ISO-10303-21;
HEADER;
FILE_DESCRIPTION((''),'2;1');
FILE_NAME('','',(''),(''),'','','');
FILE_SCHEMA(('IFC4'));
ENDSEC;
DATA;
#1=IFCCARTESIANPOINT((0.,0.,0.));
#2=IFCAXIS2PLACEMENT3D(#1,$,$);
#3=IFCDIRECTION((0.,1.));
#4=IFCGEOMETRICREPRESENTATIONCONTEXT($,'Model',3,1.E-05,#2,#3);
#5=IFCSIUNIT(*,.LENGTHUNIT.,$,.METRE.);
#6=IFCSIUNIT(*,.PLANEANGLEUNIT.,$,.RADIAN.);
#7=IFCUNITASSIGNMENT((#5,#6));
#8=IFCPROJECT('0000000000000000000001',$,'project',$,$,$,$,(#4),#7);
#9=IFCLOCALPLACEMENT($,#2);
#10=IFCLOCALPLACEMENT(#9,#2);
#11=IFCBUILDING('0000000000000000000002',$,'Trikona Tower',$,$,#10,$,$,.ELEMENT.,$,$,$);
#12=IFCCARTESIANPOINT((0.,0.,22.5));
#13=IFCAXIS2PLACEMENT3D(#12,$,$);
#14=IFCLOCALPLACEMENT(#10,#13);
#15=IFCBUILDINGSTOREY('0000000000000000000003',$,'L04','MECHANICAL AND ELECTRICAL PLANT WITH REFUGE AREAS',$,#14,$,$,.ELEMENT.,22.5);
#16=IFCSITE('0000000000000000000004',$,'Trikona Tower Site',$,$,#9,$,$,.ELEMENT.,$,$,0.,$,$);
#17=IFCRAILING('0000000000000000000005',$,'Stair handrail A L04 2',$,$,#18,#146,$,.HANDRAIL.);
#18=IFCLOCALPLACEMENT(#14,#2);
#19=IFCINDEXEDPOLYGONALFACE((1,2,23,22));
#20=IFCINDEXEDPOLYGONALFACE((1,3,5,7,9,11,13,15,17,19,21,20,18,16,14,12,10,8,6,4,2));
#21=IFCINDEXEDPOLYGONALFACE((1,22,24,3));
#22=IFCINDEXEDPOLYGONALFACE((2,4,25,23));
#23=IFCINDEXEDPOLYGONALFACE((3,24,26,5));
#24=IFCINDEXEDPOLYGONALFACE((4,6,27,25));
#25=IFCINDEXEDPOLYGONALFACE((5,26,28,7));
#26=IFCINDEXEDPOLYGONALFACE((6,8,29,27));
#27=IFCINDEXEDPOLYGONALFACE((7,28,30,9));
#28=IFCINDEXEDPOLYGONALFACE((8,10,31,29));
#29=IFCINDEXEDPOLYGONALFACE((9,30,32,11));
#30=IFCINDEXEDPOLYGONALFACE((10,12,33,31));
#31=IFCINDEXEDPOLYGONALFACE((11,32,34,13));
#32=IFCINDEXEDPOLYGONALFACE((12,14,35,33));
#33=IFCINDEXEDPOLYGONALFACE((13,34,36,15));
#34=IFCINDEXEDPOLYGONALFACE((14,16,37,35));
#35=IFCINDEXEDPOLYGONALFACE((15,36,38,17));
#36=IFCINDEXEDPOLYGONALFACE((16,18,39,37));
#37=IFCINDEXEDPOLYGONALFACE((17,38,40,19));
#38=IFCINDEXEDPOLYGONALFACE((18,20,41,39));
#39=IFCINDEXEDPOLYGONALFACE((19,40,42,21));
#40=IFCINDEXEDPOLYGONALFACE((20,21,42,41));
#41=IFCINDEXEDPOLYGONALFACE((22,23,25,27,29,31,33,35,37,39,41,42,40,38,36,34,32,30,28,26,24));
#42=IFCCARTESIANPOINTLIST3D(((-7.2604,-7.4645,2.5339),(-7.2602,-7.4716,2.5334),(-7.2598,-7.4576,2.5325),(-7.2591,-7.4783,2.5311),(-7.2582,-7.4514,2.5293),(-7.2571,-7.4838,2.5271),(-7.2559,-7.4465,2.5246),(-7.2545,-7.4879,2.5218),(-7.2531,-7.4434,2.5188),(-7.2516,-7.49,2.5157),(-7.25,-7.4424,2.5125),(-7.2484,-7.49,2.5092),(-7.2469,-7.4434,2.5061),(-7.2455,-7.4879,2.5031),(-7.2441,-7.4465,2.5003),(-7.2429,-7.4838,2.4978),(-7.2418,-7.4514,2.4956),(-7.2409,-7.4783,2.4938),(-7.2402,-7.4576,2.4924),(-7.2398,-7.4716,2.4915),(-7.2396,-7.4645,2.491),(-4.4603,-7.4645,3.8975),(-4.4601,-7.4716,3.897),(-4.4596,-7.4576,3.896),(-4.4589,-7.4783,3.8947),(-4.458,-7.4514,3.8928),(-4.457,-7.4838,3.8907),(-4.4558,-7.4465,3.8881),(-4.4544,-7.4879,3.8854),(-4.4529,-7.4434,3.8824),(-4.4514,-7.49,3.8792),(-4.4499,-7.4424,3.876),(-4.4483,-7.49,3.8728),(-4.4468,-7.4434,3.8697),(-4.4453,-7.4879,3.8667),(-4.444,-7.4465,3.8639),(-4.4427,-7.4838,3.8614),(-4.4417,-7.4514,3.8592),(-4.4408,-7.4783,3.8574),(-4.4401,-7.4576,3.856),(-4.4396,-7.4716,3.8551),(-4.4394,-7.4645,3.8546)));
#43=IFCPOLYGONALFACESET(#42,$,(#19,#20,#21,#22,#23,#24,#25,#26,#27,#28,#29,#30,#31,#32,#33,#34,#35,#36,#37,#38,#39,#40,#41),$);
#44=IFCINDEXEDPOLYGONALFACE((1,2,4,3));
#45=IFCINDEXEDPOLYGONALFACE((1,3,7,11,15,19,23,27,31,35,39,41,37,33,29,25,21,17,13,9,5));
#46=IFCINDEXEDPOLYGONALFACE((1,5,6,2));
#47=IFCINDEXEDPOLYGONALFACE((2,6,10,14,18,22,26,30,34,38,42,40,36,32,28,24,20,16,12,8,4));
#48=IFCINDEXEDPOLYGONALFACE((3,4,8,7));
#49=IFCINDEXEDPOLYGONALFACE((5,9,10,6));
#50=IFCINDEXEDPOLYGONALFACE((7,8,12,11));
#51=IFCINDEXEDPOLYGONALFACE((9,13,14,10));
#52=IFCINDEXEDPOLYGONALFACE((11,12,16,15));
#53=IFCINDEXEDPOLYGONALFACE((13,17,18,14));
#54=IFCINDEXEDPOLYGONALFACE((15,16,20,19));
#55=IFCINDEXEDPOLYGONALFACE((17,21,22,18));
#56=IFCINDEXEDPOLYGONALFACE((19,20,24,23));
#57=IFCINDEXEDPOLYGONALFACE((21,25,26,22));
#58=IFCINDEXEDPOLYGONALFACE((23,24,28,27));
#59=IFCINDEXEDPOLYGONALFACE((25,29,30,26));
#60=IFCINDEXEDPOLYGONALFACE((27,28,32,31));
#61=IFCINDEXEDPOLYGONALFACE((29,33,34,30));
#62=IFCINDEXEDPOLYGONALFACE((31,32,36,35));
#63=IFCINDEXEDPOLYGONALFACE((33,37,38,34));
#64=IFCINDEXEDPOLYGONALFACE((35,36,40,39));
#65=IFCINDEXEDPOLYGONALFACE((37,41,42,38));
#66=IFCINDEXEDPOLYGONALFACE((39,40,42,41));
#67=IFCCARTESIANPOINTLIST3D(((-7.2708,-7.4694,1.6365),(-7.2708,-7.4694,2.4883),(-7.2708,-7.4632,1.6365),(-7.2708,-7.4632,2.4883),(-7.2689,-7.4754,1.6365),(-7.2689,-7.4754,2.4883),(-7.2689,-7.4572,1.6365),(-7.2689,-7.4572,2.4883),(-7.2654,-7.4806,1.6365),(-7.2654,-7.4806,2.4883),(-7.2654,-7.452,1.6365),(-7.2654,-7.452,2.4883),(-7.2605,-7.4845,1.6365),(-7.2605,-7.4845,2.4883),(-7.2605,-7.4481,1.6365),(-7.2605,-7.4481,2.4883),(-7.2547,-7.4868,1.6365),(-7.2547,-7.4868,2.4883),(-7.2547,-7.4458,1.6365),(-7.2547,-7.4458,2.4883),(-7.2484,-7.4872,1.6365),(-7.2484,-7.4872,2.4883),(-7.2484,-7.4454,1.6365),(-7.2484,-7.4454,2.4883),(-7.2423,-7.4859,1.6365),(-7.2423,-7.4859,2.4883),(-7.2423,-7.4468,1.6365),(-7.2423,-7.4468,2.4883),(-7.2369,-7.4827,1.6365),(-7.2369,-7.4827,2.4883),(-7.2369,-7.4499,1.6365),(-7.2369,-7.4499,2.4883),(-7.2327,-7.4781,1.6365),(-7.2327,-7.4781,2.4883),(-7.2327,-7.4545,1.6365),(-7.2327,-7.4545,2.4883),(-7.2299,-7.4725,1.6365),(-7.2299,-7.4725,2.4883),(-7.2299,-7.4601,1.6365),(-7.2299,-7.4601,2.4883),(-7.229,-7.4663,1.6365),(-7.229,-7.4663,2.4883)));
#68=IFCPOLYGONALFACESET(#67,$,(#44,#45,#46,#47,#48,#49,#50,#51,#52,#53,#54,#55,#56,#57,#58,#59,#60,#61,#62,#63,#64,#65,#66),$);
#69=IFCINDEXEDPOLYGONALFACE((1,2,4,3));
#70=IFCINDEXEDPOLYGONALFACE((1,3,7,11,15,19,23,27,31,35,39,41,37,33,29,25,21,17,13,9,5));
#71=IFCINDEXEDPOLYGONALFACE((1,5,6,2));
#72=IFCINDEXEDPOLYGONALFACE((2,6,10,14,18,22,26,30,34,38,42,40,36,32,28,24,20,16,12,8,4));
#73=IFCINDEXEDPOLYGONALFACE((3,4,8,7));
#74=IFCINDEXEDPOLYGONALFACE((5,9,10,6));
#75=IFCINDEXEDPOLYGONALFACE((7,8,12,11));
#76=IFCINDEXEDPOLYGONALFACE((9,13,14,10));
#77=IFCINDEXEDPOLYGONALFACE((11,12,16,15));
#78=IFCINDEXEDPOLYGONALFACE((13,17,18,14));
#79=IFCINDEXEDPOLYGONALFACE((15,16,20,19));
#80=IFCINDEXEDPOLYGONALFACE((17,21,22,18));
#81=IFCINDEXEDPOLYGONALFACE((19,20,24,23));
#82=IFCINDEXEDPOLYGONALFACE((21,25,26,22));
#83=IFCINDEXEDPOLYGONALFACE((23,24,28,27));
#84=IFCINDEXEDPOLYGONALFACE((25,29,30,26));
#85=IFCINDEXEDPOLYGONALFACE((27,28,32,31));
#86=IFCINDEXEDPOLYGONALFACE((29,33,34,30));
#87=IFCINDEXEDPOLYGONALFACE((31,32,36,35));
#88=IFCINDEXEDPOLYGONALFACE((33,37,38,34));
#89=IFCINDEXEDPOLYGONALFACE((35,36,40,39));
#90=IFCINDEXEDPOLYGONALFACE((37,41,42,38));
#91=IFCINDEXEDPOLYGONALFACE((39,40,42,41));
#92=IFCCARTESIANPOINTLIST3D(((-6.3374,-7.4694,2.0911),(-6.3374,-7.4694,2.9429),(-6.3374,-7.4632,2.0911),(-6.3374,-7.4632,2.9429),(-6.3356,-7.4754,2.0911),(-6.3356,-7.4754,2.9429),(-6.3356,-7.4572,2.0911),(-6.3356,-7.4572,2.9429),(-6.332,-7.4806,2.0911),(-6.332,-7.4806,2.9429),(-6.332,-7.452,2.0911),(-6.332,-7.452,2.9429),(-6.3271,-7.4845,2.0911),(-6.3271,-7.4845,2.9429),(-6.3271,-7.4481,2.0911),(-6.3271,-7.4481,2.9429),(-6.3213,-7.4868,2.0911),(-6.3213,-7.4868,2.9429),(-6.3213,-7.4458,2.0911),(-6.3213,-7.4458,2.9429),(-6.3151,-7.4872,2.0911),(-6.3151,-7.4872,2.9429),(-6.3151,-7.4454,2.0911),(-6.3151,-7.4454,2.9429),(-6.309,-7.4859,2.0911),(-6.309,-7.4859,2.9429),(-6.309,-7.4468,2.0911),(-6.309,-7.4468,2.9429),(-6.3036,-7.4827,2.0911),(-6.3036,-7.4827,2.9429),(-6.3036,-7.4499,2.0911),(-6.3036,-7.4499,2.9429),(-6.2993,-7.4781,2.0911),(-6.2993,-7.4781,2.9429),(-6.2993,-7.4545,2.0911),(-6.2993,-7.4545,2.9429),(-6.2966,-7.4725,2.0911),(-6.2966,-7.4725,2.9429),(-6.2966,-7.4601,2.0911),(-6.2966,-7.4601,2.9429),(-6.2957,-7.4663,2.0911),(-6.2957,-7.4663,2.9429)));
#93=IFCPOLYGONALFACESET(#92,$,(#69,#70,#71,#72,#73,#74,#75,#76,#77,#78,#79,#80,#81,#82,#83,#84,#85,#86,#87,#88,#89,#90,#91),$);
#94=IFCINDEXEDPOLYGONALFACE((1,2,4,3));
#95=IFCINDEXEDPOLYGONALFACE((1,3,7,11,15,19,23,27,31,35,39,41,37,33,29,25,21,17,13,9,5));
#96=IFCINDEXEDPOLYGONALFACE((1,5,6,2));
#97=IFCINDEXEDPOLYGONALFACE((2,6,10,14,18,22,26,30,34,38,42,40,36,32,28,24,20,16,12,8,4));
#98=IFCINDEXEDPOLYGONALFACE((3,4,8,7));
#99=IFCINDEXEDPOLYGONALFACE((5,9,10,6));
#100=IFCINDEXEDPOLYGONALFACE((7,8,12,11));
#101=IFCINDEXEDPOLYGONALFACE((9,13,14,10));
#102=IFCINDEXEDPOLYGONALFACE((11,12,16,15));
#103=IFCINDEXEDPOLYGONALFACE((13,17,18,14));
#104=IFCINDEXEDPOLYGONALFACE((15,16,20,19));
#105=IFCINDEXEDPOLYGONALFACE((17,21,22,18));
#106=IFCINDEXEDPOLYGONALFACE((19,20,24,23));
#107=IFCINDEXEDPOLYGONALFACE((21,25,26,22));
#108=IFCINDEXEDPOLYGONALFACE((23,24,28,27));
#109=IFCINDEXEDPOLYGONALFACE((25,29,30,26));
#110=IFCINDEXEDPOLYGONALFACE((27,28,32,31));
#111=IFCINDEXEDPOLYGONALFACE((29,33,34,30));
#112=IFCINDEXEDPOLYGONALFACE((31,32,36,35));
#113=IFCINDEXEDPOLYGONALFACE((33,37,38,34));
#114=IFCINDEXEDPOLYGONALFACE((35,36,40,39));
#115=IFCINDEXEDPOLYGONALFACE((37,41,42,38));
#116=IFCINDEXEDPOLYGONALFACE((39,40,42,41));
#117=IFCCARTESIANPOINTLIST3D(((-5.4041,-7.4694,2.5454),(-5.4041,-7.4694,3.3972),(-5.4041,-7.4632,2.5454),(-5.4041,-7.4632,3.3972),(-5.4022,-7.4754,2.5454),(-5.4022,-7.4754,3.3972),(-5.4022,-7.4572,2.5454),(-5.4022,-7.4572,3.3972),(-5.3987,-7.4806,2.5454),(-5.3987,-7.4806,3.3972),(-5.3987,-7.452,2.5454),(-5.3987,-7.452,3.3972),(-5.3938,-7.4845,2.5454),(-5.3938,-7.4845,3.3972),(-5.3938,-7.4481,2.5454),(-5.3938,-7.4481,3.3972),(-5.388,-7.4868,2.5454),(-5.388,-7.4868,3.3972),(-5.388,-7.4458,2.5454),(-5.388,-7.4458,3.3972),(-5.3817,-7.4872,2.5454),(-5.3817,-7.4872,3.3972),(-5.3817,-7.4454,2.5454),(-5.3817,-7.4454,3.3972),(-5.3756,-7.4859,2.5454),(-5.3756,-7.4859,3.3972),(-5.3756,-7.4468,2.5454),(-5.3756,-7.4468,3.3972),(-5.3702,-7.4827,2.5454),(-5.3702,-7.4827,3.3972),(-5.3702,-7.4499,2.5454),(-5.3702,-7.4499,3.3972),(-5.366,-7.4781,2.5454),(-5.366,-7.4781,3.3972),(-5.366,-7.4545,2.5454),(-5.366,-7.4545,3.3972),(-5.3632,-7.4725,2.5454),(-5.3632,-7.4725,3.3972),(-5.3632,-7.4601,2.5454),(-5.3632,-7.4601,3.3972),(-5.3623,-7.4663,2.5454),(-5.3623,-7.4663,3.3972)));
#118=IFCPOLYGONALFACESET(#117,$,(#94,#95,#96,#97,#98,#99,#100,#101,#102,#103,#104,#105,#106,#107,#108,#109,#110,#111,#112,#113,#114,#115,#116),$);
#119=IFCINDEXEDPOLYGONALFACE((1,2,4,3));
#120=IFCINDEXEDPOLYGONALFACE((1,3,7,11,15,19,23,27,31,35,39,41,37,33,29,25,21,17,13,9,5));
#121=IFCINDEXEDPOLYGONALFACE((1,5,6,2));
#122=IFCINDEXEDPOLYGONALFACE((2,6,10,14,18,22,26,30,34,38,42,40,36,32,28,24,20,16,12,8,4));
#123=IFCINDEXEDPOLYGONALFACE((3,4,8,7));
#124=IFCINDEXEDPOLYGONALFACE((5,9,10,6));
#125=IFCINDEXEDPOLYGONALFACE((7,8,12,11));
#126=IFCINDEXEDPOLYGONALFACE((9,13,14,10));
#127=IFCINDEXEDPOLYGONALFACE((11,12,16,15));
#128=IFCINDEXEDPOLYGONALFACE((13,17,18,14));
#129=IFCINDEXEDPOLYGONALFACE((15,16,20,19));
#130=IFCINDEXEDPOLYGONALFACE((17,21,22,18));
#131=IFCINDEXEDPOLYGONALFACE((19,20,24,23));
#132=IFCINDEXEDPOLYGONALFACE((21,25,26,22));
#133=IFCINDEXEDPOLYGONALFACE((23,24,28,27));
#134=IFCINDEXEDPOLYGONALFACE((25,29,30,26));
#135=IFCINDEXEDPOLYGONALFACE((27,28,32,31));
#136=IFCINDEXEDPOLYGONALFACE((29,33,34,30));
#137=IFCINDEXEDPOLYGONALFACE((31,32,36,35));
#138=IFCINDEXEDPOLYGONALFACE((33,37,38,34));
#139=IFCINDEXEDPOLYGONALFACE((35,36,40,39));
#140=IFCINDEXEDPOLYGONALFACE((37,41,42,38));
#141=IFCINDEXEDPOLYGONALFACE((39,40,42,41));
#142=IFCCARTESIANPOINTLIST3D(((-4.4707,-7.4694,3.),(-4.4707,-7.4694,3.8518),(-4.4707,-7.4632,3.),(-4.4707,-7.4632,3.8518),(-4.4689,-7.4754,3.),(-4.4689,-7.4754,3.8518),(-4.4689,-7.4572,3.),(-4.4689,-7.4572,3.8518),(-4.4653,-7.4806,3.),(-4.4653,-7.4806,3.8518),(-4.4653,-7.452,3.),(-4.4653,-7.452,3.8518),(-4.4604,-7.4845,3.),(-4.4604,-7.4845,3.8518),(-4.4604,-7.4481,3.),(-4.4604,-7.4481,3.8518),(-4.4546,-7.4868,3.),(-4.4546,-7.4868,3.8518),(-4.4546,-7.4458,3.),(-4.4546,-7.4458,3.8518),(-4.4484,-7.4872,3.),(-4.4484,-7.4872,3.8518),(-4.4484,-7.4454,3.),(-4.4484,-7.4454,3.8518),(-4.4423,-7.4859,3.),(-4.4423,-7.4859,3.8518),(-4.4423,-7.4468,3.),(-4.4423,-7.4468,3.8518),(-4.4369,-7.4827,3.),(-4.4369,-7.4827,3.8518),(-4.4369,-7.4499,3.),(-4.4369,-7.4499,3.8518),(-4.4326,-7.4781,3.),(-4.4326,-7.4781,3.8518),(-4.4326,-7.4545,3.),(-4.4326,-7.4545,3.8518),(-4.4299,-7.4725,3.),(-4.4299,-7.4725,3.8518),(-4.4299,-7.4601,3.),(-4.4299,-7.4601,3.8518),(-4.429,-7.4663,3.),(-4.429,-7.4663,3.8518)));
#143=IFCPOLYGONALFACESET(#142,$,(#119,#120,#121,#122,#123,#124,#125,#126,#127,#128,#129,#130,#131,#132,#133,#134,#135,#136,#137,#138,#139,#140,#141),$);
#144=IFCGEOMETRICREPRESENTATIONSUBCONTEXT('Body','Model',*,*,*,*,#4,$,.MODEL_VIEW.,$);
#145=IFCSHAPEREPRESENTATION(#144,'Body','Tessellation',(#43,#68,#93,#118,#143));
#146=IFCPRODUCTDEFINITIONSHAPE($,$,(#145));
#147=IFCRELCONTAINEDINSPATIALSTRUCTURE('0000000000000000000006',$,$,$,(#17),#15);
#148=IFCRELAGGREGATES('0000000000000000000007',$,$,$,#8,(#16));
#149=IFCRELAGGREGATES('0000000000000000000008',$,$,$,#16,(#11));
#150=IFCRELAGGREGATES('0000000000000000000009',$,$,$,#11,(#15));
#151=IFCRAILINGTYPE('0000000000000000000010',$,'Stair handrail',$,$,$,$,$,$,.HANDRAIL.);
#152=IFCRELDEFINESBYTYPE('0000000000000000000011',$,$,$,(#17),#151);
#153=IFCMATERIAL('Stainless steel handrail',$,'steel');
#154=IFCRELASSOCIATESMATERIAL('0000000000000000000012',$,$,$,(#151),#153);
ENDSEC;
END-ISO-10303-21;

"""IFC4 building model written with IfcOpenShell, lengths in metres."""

from ifc_helpers import new_model, si_unit, direction, frame, origin, origin_2d, place, context, subcontext, project, spatial, circle, extrude, material, type_object, element, save


model = new_model("IFC4")

# Units and contexts
model_context = context("Model", 3, precision=1e-05, world=origin(), true_north=direction((0.0, 1.0)))
body_context = subcontext(model_context, "Body", "Model", "MODEL_VIEW")
ifc_project = project(units=[si_unit("LENGTHUNIT", "METRE"), si_unit("PLANEANGLEUNIT", "RADIAN")], contexts=[model_context])

# Site, building, storey
site_placement = place(None, origin())
site = spatial("IfcSite", under=ifc_project, at=site_placement, Name="Trikona Tower Site", CompositionType="ELEMENT", RefElevation=0.0)
building_placement = place(site_placement, origin())
building = spatial("IfcBuilding", under=site, at=building_placement, Name="Trikona Tower", CompositionType="ELEMENT")
storey_placement = place(building_placement, frame((0.0, 0.0, 22.5)))
storey = spatial("IfcBuildingStorey", under=building, at=storey_placement, Name="L04", Description="MECHANICAL AND ELECTRICAL PLANT WITH REFUGE AREAS", CompositionType="ELEMENT", Elevation=22.5)

# Railing
ifc_material_1 = material(Name="Stainless steel handrail", Category="steel")
railing_type = type_object("IfcRailingType", Name="Stair handrail", PredefinedType="HANDRAIL", material=ifc_material_1)
railing_1_placement = place(storey_placement, frame((-7.25, -7.4663, 1.6365)))
element("IfcRailing", 1, at=railing_1_placement, inside=storey, type_object=railing_type, Name="Stair handrail A L04 2", PredefinedType="HANDRAIL", context=body_context, shape_type="SweptSolid", body=[
    extrude(circle(Radius=0.0239, at=origin_2d()), frame((0.0, 0.0, 0.876), z_axis=(0.899066, 0.0, 0.437813), x_axis=(0.0, 1.0, 0.0)), (0.0, 0.0, 1.0), 3.1145),
    extrude(circle(Radius=0.021, at=origin_2d()), origin(), (0.0, 0.0, 1.0), 0.8518),
    extrude(circle(Radius=0.021, at=origin_2d()), frame((0.9333, 0.0, 0.4546)), (0.0, 0.0, 1.0), 0.8518),
    extrude(circle(Radius=0.021, at=origin_2d()), frame((1.8667, 0.0, 0.9089)), (0.0, 0.0, 1.0), 0.8518),
    extrude(circle(Radius=0.021, at=origin_2d()), frame((2.8, 0.0, 1.3635)), (0.0, 0.0, 1.0), 0.8518),
])

save(model, "model.ifc")
